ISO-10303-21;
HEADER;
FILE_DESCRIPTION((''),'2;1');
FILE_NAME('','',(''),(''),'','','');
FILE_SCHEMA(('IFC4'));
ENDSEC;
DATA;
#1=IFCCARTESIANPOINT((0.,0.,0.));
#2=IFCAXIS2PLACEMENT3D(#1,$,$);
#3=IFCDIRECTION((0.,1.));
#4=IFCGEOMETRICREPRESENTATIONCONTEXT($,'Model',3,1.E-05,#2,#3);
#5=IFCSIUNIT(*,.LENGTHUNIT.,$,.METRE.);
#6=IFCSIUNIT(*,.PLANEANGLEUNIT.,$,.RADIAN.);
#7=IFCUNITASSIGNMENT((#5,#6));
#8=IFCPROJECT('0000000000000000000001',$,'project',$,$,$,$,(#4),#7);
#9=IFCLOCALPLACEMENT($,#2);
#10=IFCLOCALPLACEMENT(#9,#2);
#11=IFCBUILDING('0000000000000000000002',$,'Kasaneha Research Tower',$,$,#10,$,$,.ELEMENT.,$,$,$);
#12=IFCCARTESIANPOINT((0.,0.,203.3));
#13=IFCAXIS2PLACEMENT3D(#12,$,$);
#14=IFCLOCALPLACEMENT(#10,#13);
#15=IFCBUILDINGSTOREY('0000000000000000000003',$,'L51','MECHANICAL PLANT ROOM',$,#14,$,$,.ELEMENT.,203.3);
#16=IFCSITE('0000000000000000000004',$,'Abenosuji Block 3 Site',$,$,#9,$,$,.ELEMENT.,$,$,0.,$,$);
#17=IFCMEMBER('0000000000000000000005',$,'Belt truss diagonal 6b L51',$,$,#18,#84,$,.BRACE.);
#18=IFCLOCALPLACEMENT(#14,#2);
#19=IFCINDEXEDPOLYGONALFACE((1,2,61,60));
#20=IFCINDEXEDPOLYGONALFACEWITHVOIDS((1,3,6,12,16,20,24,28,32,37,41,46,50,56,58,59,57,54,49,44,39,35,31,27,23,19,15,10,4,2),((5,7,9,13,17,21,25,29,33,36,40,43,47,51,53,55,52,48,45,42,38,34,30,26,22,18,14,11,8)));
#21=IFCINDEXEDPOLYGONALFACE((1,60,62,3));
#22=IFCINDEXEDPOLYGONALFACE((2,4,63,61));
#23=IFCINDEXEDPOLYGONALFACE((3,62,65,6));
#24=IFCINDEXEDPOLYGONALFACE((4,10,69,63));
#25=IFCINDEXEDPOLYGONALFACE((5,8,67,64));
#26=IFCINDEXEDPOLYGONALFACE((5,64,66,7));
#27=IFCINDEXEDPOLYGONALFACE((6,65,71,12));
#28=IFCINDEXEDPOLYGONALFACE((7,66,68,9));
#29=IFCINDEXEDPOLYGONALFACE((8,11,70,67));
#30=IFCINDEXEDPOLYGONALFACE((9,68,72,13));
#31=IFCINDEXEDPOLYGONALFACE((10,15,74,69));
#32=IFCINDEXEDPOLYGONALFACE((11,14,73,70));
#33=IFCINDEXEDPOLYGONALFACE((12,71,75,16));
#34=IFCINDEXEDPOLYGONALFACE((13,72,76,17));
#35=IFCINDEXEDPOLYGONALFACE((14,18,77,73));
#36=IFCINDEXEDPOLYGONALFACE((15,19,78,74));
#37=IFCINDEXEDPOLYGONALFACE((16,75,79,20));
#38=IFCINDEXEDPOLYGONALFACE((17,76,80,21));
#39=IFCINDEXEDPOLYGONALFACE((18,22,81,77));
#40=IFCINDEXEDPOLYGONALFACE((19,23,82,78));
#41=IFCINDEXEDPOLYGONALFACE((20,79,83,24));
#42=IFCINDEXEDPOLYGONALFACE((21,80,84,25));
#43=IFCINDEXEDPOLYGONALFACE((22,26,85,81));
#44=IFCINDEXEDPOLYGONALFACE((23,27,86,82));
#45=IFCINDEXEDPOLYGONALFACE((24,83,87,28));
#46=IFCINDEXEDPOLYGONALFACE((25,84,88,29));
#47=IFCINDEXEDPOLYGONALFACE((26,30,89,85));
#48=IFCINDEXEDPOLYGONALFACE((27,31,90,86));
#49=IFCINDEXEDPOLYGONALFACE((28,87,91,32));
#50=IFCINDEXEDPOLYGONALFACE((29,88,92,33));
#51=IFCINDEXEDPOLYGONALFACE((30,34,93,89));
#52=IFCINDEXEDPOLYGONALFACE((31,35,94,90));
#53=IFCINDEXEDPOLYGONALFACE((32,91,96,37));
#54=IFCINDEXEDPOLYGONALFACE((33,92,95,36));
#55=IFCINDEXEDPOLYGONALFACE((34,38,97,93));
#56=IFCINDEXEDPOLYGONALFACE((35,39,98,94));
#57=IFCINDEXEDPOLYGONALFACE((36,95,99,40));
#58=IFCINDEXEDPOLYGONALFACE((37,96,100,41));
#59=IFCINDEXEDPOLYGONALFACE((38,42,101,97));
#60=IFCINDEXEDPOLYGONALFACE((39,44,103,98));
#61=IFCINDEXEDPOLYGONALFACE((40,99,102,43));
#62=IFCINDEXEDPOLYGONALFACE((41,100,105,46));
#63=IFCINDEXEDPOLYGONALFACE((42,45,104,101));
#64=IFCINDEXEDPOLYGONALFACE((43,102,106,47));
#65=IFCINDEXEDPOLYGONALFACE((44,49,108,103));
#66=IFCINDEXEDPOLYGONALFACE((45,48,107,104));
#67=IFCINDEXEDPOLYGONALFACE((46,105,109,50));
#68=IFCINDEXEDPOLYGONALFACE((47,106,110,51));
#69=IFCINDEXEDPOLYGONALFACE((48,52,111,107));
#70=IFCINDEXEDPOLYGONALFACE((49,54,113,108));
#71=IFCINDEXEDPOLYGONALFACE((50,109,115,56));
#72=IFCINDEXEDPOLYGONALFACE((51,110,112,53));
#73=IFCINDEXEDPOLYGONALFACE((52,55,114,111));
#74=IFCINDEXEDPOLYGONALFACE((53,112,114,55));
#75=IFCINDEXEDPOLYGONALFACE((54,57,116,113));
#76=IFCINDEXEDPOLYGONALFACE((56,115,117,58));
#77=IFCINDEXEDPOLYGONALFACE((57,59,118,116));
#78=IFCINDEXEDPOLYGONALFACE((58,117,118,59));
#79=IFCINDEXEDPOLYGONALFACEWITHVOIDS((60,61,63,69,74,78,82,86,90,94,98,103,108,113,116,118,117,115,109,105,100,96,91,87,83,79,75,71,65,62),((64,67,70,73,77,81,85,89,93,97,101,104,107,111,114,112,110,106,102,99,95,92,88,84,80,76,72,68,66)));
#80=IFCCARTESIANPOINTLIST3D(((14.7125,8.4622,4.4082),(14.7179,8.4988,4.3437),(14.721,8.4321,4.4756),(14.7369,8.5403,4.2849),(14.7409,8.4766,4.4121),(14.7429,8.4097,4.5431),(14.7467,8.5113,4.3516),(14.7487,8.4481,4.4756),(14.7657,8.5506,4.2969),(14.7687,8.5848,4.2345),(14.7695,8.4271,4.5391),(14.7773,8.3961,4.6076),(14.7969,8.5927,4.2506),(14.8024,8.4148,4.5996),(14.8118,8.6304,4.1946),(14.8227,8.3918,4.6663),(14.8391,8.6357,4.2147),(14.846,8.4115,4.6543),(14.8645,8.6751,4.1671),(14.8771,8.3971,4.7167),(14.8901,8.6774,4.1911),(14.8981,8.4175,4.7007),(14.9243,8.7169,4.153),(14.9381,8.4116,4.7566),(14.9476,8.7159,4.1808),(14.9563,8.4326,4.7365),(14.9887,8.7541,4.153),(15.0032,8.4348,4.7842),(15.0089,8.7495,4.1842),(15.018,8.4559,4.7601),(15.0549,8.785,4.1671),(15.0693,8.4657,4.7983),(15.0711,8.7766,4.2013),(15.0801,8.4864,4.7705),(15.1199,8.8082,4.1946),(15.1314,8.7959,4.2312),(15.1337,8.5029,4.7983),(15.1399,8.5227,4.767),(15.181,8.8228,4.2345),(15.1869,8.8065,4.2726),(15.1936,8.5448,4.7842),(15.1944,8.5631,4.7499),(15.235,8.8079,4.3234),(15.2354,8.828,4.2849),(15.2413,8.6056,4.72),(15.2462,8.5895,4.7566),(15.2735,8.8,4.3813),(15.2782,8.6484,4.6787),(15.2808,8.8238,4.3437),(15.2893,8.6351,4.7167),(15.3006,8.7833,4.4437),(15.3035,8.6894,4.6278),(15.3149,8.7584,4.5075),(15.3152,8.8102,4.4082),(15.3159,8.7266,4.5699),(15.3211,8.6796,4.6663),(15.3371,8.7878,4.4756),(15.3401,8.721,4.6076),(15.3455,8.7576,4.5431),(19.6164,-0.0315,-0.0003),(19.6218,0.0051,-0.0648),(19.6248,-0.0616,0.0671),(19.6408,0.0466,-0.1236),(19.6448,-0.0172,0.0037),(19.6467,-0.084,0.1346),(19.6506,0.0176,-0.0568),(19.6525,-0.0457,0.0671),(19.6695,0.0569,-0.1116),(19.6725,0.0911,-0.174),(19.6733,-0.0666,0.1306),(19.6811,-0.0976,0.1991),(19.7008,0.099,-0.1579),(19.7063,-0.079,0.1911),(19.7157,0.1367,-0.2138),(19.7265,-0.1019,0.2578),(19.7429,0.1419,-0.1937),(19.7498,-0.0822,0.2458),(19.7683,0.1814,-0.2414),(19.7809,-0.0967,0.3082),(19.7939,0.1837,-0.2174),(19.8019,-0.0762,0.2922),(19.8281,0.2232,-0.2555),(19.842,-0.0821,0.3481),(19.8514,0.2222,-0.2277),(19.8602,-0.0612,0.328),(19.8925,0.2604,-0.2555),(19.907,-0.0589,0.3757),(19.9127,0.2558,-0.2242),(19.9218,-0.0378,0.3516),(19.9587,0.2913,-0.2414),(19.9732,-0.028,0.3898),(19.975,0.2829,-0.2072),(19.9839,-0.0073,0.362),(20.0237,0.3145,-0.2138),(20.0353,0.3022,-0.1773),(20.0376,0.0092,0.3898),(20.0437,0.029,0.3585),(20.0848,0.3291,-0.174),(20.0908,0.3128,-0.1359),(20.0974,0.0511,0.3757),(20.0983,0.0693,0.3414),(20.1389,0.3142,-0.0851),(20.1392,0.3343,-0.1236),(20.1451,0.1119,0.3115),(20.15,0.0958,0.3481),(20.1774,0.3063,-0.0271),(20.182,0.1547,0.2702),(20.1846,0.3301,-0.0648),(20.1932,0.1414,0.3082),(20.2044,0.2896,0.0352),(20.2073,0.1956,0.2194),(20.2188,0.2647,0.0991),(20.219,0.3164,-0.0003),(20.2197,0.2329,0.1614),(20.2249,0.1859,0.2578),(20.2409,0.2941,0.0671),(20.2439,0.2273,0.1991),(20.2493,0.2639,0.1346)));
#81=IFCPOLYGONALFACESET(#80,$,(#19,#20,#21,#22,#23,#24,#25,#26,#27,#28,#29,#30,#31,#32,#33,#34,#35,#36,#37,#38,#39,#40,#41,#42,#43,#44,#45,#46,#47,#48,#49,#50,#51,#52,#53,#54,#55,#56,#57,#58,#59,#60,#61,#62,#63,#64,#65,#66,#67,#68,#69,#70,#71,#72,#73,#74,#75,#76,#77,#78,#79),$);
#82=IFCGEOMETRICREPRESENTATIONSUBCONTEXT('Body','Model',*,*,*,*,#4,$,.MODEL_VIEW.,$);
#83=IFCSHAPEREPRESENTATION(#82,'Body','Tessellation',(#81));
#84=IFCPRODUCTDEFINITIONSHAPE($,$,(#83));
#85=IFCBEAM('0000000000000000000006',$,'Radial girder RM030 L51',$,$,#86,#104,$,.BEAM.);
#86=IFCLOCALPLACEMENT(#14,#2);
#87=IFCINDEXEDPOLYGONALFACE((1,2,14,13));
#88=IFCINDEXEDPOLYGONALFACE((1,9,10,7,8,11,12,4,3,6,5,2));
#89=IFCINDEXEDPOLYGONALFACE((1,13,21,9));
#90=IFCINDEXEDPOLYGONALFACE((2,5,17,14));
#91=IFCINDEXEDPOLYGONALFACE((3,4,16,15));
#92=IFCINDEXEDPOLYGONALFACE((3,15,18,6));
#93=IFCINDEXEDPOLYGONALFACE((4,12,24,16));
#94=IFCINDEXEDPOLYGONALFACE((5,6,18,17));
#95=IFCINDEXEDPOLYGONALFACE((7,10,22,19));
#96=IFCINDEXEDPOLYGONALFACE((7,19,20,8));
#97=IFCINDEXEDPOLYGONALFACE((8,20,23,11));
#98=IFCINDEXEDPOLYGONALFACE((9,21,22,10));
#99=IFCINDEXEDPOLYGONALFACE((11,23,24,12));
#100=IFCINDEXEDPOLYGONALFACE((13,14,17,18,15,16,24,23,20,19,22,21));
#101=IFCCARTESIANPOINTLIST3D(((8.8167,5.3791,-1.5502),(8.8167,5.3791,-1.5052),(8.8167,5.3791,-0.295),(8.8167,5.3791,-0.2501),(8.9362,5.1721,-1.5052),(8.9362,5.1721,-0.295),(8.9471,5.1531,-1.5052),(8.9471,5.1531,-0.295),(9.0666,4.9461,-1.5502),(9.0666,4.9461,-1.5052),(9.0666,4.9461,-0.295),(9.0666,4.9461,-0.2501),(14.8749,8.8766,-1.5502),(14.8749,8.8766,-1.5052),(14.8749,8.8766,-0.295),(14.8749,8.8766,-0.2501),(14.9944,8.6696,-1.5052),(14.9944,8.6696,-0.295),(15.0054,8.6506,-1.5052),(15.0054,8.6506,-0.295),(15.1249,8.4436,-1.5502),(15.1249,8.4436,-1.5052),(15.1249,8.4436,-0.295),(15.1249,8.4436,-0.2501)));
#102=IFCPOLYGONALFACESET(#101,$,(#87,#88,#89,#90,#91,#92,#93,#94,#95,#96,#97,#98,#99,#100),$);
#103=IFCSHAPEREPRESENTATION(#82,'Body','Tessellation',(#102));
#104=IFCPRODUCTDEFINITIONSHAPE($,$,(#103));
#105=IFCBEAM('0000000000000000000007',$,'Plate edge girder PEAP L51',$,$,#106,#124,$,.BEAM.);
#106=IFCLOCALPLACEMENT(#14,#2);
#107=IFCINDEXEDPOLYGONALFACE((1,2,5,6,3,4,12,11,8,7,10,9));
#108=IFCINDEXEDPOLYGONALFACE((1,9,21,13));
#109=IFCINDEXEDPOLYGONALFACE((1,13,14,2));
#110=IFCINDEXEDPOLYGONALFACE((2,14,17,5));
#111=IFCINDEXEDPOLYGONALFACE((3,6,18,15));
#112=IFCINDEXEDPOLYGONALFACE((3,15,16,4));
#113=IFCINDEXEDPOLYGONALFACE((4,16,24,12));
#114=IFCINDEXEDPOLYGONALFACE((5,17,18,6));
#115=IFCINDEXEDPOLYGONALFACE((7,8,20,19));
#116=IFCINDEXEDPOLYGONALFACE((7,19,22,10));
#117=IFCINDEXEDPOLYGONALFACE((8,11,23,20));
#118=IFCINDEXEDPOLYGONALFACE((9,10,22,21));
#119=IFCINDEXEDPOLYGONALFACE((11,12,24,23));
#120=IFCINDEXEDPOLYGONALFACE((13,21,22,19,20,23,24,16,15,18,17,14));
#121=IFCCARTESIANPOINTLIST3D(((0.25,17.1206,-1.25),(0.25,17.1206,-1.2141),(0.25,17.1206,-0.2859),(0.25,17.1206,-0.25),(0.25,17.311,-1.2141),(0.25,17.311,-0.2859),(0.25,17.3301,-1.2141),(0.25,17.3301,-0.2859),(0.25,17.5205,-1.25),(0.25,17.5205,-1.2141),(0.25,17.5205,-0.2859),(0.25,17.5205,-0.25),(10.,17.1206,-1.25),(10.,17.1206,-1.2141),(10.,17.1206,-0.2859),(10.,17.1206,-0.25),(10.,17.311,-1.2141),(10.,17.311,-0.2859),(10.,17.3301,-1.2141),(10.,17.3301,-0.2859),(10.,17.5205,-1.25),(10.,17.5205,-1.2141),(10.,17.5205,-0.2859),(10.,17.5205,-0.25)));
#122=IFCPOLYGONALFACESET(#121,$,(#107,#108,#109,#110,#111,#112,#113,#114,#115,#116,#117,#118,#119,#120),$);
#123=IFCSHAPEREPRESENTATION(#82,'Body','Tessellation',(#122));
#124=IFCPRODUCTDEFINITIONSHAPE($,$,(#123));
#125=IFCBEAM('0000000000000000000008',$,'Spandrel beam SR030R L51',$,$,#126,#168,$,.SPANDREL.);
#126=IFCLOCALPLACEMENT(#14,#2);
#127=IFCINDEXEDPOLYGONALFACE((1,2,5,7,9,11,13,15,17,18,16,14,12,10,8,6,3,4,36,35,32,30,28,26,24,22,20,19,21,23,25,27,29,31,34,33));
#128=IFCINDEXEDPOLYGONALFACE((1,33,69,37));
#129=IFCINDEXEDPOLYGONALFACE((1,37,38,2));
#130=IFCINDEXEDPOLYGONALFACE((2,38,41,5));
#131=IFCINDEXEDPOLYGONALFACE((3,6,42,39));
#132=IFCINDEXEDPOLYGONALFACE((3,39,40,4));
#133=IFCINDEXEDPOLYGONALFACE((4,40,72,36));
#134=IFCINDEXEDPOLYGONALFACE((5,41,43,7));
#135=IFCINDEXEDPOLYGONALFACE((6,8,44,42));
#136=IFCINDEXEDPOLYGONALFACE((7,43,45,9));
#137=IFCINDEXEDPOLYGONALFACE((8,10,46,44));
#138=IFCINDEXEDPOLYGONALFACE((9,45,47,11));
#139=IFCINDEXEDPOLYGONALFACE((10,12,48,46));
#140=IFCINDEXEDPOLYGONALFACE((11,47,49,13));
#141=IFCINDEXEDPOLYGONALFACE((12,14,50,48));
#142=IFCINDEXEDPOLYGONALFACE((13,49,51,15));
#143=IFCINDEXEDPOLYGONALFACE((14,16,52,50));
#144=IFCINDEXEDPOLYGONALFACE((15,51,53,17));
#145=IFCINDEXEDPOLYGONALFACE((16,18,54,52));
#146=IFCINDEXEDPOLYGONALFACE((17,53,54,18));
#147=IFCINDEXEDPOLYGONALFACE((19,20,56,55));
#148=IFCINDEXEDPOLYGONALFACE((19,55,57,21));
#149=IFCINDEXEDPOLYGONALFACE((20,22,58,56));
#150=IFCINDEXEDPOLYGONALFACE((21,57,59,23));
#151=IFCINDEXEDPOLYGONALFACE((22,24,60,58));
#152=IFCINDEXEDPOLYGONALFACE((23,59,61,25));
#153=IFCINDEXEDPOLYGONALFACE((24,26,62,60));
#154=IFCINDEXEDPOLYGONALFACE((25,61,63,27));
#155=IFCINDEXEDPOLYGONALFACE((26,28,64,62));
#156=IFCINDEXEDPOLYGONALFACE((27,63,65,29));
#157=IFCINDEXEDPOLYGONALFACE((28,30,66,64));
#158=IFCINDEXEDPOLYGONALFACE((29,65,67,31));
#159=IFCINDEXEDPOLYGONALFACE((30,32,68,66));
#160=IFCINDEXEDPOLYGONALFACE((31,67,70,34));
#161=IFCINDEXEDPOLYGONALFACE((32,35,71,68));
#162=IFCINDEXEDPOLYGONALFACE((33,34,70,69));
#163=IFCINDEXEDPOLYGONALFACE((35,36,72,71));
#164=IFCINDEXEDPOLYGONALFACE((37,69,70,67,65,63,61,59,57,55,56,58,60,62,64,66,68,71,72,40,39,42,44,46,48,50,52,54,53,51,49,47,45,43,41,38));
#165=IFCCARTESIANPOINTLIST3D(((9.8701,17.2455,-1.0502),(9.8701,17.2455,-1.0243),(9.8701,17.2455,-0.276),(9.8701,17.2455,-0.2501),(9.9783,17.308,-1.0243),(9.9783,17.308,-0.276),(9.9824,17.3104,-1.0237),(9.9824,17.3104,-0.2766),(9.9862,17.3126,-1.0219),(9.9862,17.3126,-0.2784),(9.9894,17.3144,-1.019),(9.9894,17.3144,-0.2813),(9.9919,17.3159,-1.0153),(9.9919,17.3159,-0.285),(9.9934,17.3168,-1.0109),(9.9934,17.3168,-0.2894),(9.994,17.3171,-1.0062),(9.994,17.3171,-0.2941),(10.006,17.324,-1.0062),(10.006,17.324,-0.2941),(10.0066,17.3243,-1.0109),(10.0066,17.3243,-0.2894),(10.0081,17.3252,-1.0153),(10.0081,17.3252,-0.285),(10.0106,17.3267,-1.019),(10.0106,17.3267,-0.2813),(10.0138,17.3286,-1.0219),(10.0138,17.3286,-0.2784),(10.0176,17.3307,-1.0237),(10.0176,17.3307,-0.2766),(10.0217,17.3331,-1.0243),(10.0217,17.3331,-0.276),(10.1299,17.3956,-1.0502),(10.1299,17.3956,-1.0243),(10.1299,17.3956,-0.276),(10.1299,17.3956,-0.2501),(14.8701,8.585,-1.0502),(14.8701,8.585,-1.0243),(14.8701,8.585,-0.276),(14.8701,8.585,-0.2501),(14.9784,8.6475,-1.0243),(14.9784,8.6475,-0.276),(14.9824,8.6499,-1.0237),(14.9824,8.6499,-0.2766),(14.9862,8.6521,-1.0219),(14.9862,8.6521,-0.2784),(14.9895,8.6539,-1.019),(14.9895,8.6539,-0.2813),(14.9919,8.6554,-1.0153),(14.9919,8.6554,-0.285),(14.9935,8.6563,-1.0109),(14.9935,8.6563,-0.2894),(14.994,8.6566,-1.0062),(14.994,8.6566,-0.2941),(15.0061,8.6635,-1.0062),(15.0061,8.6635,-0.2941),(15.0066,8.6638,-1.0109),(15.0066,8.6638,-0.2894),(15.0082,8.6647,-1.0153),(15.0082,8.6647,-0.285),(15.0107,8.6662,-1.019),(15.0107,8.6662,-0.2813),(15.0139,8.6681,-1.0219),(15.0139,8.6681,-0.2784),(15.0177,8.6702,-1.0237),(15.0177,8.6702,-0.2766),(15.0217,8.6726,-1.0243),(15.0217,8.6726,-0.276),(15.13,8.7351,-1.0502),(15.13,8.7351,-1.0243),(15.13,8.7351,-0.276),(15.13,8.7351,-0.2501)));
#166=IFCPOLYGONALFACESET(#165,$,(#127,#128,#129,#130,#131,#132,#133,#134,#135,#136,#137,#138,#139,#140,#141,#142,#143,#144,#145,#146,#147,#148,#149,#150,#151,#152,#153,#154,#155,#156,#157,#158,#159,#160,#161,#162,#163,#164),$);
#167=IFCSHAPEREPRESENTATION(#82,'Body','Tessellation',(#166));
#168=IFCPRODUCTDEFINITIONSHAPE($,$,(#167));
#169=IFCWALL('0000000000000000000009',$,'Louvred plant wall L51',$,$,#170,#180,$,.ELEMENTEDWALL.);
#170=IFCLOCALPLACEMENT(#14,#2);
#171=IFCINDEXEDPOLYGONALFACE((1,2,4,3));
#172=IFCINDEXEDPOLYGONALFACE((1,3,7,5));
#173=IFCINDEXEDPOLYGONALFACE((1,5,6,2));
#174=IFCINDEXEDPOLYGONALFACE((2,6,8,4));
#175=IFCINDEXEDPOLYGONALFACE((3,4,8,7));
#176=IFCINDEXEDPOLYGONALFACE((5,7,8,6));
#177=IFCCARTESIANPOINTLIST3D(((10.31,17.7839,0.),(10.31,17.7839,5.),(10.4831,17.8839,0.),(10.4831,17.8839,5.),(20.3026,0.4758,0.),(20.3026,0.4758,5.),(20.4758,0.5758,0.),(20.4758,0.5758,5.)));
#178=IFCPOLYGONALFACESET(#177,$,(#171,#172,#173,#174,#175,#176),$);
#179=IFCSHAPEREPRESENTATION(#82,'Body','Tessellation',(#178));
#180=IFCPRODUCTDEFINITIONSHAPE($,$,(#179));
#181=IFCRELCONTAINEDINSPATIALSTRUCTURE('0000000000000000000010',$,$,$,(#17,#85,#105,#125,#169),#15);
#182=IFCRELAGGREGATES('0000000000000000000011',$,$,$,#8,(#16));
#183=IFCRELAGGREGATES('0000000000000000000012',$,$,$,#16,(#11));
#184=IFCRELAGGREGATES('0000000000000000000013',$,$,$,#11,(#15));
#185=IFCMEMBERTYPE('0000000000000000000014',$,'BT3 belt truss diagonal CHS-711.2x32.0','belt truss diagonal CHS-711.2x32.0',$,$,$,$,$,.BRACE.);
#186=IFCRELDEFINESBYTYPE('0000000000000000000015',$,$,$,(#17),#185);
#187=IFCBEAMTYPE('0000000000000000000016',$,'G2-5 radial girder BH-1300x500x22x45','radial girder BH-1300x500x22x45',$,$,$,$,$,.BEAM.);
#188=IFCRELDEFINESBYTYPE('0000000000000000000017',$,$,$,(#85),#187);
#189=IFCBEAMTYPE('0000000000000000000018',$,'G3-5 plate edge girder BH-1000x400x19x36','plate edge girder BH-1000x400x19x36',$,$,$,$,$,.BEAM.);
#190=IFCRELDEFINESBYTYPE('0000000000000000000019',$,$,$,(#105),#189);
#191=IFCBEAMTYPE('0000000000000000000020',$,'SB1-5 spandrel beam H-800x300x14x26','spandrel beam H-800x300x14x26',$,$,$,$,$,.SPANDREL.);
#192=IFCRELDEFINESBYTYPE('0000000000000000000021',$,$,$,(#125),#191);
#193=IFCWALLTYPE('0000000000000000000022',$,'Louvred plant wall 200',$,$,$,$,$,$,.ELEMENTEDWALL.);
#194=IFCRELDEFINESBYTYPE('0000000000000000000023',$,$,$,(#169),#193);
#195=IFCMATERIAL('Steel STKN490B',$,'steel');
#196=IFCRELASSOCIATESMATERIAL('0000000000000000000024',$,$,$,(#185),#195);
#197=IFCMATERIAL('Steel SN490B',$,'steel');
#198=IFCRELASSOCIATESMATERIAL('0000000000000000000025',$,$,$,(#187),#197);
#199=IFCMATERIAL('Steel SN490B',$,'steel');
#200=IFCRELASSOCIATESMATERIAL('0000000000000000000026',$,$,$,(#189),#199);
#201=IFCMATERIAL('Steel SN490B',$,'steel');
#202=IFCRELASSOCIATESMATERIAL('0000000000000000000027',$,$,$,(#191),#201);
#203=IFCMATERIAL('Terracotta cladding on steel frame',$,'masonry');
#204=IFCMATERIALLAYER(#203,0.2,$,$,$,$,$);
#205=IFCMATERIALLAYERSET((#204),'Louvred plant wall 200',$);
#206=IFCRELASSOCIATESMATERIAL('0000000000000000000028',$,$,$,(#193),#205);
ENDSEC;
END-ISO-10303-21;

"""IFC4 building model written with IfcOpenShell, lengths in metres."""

from ifc_helpers import new_model, si_unit, direction, frame, frame_2d, origin, origin_2d, place, context, subcontext, project, spatial, rectangle, hollow_circle, i_section, extrude, material, layer, layer_set, material_profile, profile_set, type_object, element, save


model = new_model("IFC4")

# Units and contexts
model_context = context("Model", 3, precision=1e-05, world=origin(), true_north=direction((0.0, 1.0)))
body_context = subcontext(model_context, "Body", "Model", "MODEL_VIEW")
ifc_project = project(units=[si_unit("LENGTHUNIT", "METRE"), si_unit("PLANEANGLEUNIT", "RADIAN")], contexts=[model_context])

# Site, building, storey
site_placement = place(None, origin())
site = spatial("IfcSite", under=ifc_project, at=site_placement, Name="Abenosuji Block 3 Site", CompositionType="ELEMENT", RefElevation=0.0)
building_placement = place(site_placement, origin())
building = spatial("IfcBuilding", under=site, at=building_placement, Name="Kasaneha Research Tower", CompositionType="ELEMENT")
storey_placement = place(building_placement, frame((0.0, 0.0, 203.3)))
storey = spatial("IfcBuildingStorey", under=building, at=storey_placement, Name="L51", Description="MECHANICAL PLANT ROOM", CompositionType="ELEMENT", Elevation=203.3)

# Member
ifc_material_1 = material(Name="Steel STKN490B", Category="steel")
ifc_material_profile_1 = material_profile(ifc_material_1, hollow_circle(Radius=0.3557, WallThickness=0.032, at=origin_2d()), Name="CHS-711.2x32.0")
ifc_profile_set_1 = profile_set([ifc_material_profile_1], Name="Steel STKN490B")
member_type = type_object("IfcMemberType", Name="BT3 belt truss diagonal CHS-711.2x32.0", Description="belt truss diagonal CHS-711.2x32.0", PredefinedType="BRACE", material=ifc_profile_set_1)
member_1_placement = place(storey_placement, frame((19.9329, 0.1162, 0.0671), z_axis=(-0.456047, 0.789897, 0.409979), x_axis=(-0.866026, -0.5, 0.0)))
element("IfcMember", 1, at=member_1_placement, inside=storey, type_object=member_type, Name="Belt truss diagonal 6b L51", PredefinedType="BRACE", context=body_context, shape_type="SweptSolid", body=[
    extrude(hollow_circle(Radius=0.3557, WallThickness=0.032, at=origin_2d()), origin(), (0.0, 0.0, 1.0), 10.7529),
])

# Beams
ifc_material_2 = material(Name="Steel SN490B", Category="steel")
ifc_material_profile_2 = material_profile(ifc_material_2, i_section(OverallWidth=0.5, OverallDepth=1.3, WebThickness=0.022, FlangeThickness=0.0449, at=origin_2d()), Name="BH-1300x500x22x45")
ifc_profile_set_2 = profile_set([ifc_material_profile_2], Name="Steel SN490B")
beam_type_1 = type_object("IfcBeamType", Name="G2-5 radial girder BH-1300x500x22x45", Description="radial girder BH-1300x500x22x45", PredefinedType="BEAM", material=ifc_profile_set_2)
beam_1_placement = place(storey_placement, frame((8.9417, 5.1626, -0.9001), z_axis=(0.86604, 0.499975, 0.0), x_axis=(-0.499975, 0.86604, 0.0)))
element("IfcBeam", 2, at=beam_1_placement, inside=storey, type_object=beam_type_1, Name="Radial girder RM030 L51", PredefinedType="BEAM", context=body_context, shape_type="SweptSolid", body=[
    extrude(i_section(OverallWidth=0.5, OverallDepth=1.3, WebThickness=0.022, FlangeThickness=0.0449, at=origin_2d()), origin(), (0.0, 0.0, 1.0), 6.9954),
])
ifc_material_3 = material(Name="Steel SN490B", Category="steel")
ifc_material_profile_3 = material_profile(ifc_material_3, i_section(OverallWidth=0.3999, OverallDepth=1.0, WebThickness=0.019, FlangeThickness=0.0359, at=origin_2d()), Name="BH-1000x400x19x36")
ifc_profile_set_3 = profile_set([ifc_material_profile_3], Name="Steel SN490B")
beam_type_2 = type_object("IfcBeamType", Name="G3-5 plate edge girder BH-1000x400x19x36", Description="plate edge girder BH-1000x400x19x36", PredefinedType="BEAM", material=ifc_profile_set_3)
beam_2_placement = place(storey_placement, frame((10.0, 17.3206, -0.75), z_axis=(-1.0, 0.0, 0.0), x_axis=(0.0, -1.0, 0.0)))
element("IfcBeam", 3, at=beam_2_placement, inside=storey, type_object=beam_type_2, Name="Plate edge girder PEAP L51", PredefinedType="BEAM", context=body_context, shape_type="SweptSolid", body=[
    extrude(i_section(OverallWidth=0.3999, OverallDepth=1.0, WebThickness=0.019, FlangeThickness=0.0359, at=origin_2d()), origin(), (0.0, 0.0, 1.0), 9.75),
])
ifc_material_4 = material(Name="Steel SN490B", Category="steel")
ifc_material_profile_4 = material_profile(ifc_material_4, i_section(OverallWidth=0.3, OverallDepth=0.8, WebThickness=0.0139, FlangeThickness=0.0259, FilletRadius=0.0181, at=origin_2d()), Name="H-800x300x14x26")
ifc_profile_set_4 = profile_set([ifc_material_profile_4], Name="Steel SN490B")
beam_type_3 = type_object("IfcBeamType", Name="SB1-5 spandrel beam H-800x300x14x26", Description="spandrel beam H-800x300x14x26", PredefinedType="SPANDREL", material=ifc_profile_set_4)
beam_3_placement = place(storey_placement, frame((10.0, 17.3206, -0.6501), z_axis=(0.499994, -0.866029, 0.0), x_axis=(0.866029, 0.499994, 0.0)))
element("IfcBeam", 4, at=beam_3_placement, inside=storey, type_object=beam_type_3, Name="Spandrel beam SR030R L51", PredefinedType="SPANDREL", context=body_context, shape_type="SweptSolid", body=[
    extrude(i_section(OverallWidth=0.3, OverallDepth=0.8, WebThickness=0.0139, FlangeThickness=0.0259, FilletRadius=0.0181, at=origin_2d()), origin(), (0.0, 0.0, 1.0), 10.0002),
])

# Wall
ifc_material_5 = material(Name="Terracotta cladding on steel frame", Category="masonry")
ifc_layer_1 = layer(ifc_material_5, 0.2)
ifc_layer_set_1 = layer_set([ifc_layer_1], Name="Louvred plant wall 200")
wall_type_1 = type_object("IfcWallType", Name="Louvred plant wall 200", PredefinedType="ELEMENTEDWALL", material=ifc_layer_set_1)
wall_1_placement = place(storey_placement, frame((20.3892, 0.5259, 0.0), z_axis=(0.0, 0.0, 1.0), x_axis=(-0.499994, 0.866029, 0.0)))
element("IfcWall", 5, at=wall_1_placement, inside=storey, type_object=wall_type_1, Name="Louvred plant wall L51", PredefinedType="ELEMENTEDWALL", context=body_context, shape_type="SweptSolid", body=[
    extrude(rectangle(XDim=19.9856, YDim=0.2, at=frame_2d((9.9927, 0.0))), origin(), (0.0, 0.0, 1.0), 5.0),
])

save(model, "model.ifc")
